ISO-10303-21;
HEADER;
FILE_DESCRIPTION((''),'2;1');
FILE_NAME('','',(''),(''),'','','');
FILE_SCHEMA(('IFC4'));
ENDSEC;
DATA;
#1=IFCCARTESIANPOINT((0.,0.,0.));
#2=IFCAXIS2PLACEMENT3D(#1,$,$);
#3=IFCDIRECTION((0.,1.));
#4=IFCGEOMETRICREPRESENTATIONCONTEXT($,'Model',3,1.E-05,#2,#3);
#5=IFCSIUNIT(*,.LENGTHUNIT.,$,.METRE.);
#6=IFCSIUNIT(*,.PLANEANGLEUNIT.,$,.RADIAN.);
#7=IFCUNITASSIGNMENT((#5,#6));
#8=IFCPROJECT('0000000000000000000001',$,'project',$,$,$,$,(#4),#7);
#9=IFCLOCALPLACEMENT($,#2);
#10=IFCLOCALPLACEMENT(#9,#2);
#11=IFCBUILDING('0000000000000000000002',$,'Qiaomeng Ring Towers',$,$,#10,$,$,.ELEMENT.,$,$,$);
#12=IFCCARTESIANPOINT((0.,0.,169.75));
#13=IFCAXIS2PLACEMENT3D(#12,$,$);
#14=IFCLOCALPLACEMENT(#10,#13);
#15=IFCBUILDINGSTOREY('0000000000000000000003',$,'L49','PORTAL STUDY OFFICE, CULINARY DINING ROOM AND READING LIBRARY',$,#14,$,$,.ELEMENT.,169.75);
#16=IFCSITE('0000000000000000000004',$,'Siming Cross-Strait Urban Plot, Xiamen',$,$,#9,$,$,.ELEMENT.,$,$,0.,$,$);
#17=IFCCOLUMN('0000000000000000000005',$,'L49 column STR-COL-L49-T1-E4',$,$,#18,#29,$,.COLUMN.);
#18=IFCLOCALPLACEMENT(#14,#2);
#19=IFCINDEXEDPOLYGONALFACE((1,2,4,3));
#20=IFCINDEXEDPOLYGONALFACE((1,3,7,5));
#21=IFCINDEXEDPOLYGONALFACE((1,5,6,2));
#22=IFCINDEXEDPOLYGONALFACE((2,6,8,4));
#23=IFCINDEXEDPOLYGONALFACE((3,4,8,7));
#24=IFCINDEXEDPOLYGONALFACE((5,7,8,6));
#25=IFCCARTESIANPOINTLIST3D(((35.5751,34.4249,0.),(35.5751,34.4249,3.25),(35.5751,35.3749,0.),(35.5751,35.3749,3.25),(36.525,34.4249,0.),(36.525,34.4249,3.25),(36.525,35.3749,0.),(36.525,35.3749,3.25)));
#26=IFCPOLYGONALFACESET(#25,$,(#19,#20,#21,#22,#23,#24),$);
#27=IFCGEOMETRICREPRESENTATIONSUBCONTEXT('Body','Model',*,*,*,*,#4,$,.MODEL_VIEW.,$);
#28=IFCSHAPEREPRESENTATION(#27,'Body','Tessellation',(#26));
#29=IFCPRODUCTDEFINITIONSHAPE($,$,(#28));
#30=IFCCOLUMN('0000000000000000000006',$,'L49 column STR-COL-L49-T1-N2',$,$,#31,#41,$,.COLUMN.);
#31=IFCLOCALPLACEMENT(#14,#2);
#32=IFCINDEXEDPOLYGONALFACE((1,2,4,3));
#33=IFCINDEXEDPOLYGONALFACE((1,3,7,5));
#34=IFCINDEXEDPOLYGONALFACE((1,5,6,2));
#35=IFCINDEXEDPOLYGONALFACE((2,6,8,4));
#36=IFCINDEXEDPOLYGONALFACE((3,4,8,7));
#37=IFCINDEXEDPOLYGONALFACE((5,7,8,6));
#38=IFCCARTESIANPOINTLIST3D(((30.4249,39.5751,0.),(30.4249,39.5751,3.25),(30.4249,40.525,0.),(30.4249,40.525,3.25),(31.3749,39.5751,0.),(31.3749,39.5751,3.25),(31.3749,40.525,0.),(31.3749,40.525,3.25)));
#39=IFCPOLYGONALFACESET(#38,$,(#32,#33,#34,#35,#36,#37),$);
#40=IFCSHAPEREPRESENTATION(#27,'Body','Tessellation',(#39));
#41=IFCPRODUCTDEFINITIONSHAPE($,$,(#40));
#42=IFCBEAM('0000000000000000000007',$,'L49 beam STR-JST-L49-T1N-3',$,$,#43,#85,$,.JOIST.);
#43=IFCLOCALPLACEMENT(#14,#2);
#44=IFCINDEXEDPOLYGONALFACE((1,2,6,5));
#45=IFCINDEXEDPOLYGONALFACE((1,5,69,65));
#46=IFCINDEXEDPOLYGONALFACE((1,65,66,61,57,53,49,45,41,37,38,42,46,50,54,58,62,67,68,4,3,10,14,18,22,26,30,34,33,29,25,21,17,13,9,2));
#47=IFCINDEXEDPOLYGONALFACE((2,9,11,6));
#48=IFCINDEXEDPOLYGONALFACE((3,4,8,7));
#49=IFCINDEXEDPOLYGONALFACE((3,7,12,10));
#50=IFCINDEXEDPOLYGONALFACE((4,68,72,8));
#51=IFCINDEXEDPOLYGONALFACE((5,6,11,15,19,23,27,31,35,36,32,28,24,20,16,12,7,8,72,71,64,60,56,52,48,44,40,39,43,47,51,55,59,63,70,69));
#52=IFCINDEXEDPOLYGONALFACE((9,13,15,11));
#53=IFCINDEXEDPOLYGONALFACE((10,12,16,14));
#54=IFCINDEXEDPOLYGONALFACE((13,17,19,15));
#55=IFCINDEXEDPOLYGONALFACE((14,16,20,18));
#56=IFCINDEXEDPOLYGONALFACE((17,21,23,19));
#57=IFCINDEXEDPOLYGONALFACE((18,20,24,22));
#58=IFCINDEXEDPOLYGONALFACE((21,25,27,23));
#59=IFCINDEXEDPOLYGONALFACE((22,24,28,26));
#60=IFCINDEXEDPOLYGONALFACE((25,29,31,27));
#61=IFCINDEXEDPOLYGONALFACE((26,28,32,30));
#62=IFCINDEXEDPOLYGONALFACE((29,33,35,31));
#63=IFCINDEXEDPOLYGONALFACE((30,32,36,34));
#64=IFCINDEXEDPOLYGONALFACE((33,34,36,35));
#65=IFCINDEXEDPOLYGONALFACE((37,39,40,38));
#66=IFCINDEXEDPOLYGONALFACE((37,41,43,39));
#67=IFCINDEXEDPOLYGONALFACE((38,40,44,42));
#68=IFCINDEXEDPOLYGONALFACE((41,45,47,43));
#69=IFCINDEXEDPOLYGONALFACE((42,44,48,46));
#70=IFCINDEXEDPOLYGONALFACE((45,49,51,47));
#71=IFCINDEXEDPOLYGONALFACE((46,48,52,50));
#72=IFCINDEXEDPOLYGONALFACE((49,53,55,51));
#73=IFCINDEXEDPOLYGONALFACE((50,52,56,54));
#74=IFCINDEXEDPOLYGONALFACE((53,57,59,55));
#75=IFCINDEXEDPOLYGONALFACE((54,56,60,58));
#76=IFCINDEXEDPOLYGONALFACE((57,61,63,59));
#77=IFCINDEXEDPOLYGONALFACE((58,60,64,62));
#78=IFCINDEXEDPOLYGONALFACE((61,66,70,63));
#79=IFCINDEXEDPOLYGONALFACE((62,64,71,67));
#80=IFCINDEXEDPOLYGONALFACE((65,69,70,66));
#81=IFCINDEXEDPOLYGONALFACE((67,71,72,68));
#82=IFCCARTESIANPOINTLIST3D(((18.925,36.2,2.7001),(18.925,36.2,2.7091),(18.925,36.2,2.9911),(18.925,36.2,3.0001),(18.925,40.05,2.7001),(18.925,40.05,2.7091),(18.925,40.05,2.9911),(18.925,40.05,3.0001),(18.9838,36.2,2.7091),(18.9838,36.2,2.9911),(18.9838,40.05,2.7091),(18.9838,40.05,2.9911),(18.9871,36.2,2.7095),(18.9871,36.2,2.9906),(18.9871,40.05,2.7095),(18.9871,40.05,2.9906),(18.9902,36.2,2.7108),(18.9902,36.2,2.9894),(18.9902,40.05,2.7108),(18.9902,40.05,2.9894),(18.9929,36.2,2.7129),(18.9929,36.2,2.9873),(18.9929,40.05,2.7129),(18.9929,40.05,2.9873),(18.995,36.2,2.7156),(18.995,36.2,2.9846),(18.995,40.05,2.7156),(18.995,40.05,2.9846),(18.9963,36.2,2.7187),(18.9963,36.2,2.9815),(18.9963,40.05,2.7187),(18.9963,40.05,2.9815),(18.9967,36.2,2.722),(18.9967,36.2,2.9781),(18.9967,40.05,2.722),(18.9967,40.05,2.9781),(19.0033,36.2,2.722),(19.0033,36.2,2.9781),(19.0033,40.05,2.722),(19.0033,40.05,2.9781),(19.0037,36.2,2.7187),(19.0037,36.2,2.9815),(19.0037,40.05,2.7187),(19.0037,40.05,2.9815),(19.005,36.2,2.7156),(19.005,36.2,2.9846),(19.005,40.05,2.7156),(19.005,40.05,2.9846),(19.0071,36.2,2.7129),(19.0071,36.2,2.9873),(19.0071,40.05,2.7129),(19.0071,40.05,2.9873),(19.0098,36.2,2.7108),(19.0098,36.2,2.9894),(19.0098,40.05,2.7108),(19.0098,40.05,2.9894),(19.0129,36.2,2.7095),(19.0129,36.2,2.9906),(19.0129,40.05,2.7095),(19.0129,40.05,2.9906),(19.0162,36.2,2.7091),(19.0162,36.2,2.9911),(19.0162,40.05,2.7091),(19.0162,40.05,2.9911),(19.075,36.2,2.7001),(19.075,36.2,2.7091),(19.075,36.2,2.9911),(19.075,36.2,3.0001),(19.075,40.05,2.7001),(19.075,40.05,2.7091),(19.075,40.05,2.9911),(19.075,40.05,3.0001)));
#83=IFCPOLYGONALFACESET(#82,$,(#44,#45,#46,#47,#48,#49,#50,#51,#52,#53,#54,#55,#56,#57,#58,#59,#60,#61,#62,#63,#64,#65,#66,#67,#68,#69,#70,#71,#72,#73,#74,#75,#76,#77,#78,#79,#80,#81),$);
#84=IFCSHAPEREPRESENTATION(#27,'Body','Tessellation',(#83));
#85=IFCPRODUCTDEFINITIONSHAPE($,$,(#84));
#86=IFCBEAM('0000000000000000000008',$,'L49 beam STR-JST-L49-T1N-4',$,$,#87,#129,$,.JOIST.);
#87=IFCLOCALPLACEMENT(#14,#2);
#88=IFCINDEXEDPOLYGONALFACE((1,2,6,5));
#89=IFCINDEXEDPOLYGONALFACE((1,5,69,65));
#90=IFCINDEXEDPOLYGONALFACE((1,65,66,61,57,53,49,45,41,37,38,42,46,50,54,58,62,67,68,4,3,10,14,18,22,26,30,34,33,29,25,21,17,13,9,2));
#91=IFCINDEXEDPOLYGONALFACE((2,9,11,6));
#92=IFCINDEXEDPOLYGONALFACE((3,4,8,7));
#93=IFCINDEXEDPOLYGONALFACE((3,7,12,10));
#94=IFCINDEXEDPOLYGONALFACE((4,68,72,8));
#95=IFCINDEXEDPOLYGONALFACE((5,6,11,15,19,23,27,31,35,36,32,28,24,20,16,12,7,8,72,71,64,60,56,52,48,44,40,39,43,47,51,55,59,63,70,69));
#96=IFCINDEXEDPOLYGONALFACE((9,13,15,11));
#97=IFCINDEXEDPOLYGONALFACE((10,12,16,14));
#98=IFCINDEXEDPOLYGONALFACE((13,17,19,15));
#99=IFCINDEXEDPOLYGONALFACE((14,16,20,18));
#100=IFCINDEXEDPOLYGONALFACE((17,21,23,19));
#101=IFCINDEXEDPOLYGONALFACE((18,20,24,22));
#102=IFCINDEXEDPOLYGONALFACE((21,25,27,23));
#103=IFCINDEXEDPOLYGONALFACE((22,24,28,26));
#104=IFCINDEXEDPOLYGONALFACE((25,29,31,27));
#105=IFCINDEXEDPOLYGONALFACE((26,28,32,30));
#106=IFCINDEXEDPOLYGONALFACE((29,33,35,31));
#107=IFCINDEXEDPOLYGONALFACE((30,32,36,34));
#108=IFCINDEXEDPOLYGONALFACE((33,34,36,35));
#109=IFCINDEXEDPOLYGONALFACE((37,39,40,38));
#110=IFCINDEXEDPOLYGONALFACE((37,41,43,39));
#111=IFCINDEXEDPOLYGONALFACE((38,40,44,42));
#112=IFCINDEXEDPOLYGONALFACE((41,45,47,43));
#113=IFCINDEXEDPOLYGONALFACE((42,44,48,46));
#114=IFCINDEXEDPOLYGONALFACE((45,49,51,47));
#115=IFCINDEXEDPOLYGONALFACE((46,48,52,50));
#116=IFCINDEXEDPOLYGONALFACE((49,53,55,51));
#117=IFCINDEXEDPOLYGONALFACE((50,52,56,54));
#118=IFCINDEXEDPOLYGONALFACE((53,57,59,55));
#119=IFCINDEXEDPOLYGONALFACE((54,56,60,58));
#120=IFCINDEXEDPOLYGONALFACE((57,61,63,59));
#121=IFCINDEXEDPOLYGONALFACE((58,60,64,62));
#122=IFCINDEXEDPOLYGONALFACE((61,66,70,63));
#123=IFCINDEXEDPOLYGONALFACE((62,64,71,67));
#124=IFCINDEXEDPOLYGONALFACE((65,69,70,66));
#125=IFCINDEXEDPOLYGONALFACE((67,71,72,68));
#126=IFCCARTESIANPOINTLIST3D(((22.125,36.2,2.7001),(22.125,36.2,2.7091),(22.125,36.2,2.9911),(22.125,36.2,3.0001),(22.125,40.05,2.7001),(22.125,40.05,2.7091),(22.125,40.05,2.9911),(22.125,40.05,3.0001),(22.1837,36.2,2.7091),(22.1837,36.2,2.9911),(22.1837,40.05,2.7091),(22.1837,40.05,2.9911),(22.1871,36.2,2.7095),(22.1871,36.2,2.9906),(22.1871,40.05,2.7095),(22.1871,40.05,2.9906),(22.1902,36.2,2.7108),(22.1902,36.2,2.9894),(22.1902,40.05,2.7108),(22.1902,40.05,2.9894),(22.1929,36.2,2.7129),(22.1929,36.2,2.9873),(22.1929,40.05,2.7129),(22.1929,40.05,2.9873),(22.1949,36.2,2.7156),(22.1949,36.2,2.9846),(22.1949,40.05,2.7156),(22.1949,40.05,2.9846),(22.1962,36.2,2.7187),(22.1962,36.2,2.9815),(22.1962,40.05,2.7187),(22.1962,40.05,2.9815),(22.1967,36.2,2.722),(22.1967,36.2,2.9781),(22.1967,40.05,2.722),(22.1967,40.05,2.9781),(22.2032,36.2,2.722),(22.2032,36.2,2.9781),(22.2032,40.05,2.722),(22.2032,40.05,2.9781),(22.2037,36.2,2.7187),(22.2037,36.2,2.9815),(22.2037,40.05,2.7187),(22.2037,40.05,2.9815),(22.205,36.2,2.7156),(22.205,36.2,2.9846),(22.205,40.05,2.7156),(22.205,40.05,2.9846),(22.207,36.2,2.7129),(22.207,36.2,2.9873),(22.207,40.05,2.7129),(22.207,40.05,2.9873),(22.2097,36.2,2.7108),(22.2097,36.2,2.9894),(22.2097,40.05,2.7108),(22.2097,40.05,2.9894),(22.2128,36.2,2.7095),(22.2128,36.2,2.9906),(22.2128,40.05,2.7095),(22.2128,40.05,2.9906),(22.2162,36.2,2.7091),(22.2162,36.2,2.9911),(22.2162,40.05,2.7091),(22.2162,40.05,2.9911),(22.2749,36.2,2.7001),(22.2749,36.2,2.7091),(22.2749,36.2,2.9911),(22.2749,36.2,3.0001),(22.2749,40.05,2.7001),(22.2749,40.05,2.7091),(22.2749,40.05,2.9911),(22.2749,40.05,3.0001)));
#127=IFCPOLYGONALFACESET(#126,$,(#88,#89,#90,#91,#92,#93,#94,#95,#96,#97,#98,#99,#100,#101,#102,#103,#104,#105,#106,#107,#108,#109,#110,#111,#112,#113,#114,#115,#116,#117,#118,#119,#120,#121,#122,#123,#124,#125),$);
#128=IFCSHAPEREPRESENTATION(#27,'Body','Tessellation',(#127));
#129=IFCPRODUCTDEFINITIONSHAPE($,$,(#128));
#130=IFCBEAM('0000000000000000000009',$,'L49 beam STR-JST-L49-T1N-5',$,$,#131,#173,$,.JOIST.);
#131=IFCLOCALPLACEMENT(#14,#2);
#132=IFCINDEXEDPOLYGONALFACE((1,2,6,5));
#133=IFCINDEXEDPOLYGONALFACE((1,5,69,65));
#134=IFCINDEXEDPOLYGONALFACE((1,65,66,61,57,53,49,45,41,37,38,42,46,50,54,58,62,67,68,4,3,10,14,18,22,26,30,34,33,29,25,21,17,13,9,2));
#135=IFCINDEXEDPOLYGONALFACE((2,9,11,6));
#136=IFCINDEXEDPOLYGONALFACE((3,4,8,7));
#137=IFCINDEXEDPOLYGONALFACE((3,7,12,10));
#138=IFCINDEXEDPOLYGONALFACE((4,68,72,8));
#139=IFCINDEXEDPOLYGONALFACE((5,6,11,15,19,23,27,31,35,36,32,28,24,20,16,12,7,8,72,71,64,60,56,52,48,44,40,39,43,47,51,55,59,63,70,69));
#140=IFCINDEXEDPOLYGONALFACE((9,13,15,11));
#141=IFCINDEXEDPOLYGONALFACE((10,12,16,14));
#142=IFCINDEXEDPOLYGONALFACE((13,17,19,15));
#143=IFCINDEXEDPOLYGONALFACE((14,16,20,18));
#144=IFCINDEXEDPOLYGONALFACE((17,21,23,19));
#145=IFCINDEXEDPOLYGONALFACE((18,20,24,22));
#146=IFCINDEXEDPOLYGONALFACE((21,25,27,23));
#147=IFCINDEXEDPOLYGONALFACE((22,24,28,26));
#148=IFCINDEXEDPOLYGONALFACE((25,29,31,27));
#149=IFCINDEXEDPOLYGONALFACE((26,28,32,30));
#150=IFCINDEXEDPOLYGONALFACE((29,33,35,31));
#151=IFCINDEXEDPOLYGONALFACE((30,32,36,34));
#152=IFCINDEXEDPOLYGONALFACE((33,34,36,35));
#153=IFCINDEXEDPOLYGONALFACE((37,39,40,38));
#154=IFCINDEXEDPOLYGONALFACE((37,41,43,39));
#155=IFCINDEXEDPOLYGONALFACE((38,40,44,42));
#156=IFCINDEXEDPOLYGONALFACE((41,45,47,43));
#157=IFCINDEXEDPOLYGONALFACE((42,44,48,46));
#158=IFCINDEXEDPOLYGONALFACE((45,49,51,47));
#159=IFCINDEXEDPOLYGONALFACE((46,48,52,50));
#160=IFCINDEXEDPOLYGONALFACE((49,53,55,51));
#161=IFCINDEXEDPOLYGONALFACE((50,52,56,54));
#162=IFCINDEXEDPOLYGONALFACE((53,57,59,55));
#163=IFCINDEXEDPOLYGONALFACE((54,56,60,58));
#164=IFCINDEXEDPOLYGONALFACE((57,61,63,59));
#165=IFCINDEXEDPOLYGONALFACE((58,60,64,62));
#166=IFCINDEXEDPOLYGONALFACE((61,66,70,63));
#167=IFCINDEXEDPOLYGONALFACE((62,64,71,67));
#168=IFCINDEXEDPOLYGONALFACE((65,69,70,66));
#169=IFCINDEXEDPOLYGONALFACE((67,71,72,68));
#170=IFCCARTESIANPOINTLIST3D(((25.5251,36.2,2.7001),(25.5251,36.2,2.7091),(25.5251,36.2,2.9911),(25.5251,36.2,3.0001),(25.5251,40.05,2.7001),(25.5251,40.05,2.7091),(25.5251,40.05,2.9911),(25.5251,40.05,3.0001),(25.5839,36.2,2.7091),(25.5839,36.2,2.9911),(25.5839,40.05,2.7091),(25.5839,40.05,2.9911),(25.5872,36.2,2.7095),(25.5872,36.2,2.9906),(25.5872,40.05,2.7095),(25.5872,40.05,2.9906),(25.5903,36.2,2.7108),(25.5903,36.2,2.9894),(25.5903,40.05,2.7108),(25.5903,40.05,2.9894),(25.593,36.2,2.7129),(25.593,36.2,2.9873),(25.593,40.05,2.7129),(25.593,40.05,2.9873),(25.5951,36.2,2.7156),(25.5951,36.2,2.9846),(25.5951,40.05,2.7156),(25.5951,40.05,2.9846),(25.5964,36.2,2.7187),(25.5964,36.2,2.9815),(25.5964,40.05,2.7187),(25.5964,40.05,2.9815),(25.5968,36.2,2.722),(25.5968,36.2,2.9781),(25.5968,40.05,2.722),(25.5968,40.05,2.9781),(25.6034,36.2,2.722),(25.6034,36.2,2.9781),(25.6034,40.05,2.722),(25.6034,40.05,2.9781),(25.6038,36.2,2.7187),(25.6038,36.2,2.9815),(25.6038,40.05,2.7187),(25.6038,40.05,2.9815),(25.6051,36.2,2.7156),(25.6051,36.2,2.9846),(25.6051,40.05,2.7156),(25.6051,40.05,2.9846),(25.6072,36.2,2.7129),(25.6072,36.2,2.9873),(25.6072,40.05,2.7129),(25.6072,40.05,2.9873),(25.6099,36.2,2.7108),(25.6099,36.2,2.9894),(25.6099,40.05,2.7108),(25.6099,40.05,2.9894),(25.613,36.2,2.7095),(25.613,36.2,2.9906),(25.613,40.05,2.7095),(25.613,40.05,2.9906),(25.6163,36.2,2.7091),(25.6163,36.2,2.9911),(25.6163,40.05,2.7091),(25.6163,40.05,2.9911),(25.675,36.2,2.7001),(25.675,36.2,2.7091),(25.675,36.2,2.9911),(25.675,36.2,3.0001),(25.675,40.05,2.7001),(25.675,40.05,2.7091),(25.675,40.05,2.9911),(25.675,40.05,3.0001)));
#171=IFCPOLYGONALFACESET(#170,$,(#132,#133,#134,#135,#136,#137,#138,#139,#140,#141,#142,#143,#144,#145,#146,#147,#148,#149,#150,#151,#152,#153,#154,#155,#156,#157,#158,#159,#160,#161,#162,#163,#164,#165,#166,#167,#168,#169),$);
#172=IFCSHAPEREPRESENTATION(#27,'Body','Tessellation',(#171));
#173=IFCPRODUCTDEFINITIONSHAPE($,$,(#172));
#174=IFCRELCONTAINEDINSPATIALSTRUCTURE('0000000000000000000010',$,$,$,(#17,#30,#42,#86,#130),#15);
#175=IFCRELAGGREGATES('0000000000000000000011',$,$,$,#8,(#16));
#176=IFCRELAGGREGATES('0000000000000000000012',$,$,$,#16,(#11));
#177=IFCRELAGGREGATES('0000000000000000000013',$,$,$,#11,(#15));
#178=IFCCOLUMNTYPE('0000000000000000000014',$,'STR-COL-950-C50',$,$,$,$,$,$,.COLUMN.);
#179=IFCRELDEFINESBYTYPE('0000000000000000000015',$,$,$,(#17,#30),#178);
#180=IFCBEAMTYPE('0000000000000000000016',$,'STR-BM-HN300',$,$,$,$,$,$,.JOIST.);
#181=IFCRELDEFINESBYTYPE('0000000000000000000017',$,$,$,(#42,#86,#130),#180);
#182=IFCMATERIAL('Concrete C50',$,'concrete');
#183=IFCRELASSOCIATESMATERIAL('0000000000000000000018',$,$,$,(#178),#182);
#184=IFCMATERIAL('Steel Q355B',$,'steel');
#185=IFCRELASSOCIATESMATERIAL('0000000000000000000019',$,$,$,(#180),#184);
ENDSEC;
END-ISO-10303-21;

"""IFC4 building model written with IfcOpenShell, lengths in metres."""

from ifc_helpers import new_model, si_unit, direction, frame, origin, origin_2d, place, context, subcontext, project, spatial, rectangle, i_section, extrude, source, transform, mapped, material, material_profile, profile_set, type_object, element, save


model = new_model("IFC4")

# Units and contexts
model_context = context("Model", 3, precision=1e-05, world=origin(), true_north=direction((0.0, 1.0)))
body_context = subcontext(model_context, "Body", "Model", "MODEL_VIEW")
ifc_project = project(units=[si_unit("LENGTHUNIT", "METRE"), si_unit("PLANEANGLEUNIT", "RADIAN")], contexts=[model_context])

# Site, building, storey
site_placement = place(None, origin())
site = spatial("IfcSite", under=ifc_project, at=site_placement, Name="Siming Cross-Strait Urban Plot, Xiamen", CompositionType="ELEMENT", RefElevation=0.0)
building_placement = place(site_placement, origin())
building = spatial("IfcBuilding", under=site, at=building_placement, Name="Qiaomeng Ring Towers", CompositionType="ELEMENT")
storey_placement = place(building_placement, frame((0.0, 0.0, 169.75)))
storey = spatial("IfcBuildingStorey", under=building, at=storey_placement, Name="L49", Description="PORTAL STUDY OFFICE, CULINARY DINING ROOM AND READING LIBRARY", CompositionType="ELEMENT", Elevation=169.75)

# Columns
ifc_material_1 = material(Name="Concrete C50", Category="concrete")
ifc_material_profile_1 = material_profile(ifc_material_1, rectangle(XDim=0.95, YDim=0.95, at=origin_2d()), Name="RC COL 950x950")
ifc_profile_set_1 = profile_set([ifc_material_profile_1], Name="Concrete C50")
column_type = type_object("IfcColumnType", Name="STR-COL-950-C50", PredefinedType="COLUMN", material=ifc_profile_set_1)
shared_shape_1 = source(origin(), body_context, "Body", "SweptSolid", [
    extrude(rectangle(XDim=0.95, YDim=0.95, at=origin_2d()), origin(), (0.0, 0.0, 1.0), 3.25),
])
for number, where, z_axis, x_axis, name in (
    (1, (36.05, 34.8999, 0.0), (0.0, 0.0, 1.0), (1.0, 0.0, 0.0), "L49 column STR-COL-L49-T1-E4"),
    (2, (30.8999, 40.05, 0.0), (0.0, 0.0, 1.0), (1.0, 0.0, 0.0), "L49 column STR-COL-L49-T1-N2"),
):
    element("IfcColumn", number, at=place(storey_placement, frame(where, z_axis=z_axis, x_axis=x_axis)), inside=storey, type_object=column_type, Name=name, PredefinedType="COLUMN", context=body_context, shape_type="MappedRepresentation", body=[
        mapped(shared_shape_1, transform((0.0, 0.0, 0.0), x_axis=(1.0, 0.0, 0.0), y_axis=(0.0, 1.0, 0.0), z_axis=(0.0, 0.0, 1.0), scale=1.0)),
    ])

# Beams
ifc_material_2 = material(Name="Steel Q355B", Category="steel")
ifc_material_profile_2 = material_profile(ifc_material_2, i_section(OverallWidth=0.1499, OverallDepth=0.3, WebThickness=0.0066, FlangeThickness=0.009, FilletRadius=0.0129, at=origin_2d()), Name="HN 300x150x6.5x9")
ifc_profile_set_2 = profile_set([ifc_material_profile_2], Name="Steel Q355B")
beam_type_1 = type_object("IfcBeamType", Name="STR-BM-HN300", PredefinedType="JOIST", material=ifc_profile_set_2)
shared_shape_2 = source(origin(), body_context, "Body", "SweptSolid", [
    extrude(i_section(OverallWidth=0.1499, OverallDepth=0.3, WebThickness=0.0066, FlangeThickness=0.009, FilletRadius=0.0129, at=origin_2d()), origin(), (0.0, 0.0, 1.0), 3.8501),
])
for number, where, z_axis, x_axis, name in (
    (3, (19.0, 36.2, 2.8501), (0.0, 1.0, 0.0), (-1.0, 0.0, 0.0), "L49 beam STR-JST-L49-T1N-3"),
    (4, (22.2, 36.2, 2.8501), (0.0, 1.0, 0.0), (-1.0, 0.0, 0.0), "L49 beam STR-JST-L49-T1N-4"),
    (5, (25.6001, 36.2, 2.8501), (0.0, 1.0, 0.0), (-1.0, 0.0, 0.0), "L49 beam STR-JST-L49-T1N-5"),
):
    element("IfcBeam", number, at=place(storey_placement, frame(where, z_axis=z_axis, x_axis=x_axis)), inside=storey, type_object=beam_type_1, Name=name, PredefinedType="JOIST", context=body_context, shape_type="MappedRepresentation", body=[
        mapped(shared_shape_2, transform((0.0, 0.0, 0.0), x_axis=(1.0, 0.0, 0.0), y_axis=(0.0, 1.0, 0.0), z_axis=(0.0, 0.0, 1.0), scale=1.0)),
    ])

save(model, "model.ifc")
